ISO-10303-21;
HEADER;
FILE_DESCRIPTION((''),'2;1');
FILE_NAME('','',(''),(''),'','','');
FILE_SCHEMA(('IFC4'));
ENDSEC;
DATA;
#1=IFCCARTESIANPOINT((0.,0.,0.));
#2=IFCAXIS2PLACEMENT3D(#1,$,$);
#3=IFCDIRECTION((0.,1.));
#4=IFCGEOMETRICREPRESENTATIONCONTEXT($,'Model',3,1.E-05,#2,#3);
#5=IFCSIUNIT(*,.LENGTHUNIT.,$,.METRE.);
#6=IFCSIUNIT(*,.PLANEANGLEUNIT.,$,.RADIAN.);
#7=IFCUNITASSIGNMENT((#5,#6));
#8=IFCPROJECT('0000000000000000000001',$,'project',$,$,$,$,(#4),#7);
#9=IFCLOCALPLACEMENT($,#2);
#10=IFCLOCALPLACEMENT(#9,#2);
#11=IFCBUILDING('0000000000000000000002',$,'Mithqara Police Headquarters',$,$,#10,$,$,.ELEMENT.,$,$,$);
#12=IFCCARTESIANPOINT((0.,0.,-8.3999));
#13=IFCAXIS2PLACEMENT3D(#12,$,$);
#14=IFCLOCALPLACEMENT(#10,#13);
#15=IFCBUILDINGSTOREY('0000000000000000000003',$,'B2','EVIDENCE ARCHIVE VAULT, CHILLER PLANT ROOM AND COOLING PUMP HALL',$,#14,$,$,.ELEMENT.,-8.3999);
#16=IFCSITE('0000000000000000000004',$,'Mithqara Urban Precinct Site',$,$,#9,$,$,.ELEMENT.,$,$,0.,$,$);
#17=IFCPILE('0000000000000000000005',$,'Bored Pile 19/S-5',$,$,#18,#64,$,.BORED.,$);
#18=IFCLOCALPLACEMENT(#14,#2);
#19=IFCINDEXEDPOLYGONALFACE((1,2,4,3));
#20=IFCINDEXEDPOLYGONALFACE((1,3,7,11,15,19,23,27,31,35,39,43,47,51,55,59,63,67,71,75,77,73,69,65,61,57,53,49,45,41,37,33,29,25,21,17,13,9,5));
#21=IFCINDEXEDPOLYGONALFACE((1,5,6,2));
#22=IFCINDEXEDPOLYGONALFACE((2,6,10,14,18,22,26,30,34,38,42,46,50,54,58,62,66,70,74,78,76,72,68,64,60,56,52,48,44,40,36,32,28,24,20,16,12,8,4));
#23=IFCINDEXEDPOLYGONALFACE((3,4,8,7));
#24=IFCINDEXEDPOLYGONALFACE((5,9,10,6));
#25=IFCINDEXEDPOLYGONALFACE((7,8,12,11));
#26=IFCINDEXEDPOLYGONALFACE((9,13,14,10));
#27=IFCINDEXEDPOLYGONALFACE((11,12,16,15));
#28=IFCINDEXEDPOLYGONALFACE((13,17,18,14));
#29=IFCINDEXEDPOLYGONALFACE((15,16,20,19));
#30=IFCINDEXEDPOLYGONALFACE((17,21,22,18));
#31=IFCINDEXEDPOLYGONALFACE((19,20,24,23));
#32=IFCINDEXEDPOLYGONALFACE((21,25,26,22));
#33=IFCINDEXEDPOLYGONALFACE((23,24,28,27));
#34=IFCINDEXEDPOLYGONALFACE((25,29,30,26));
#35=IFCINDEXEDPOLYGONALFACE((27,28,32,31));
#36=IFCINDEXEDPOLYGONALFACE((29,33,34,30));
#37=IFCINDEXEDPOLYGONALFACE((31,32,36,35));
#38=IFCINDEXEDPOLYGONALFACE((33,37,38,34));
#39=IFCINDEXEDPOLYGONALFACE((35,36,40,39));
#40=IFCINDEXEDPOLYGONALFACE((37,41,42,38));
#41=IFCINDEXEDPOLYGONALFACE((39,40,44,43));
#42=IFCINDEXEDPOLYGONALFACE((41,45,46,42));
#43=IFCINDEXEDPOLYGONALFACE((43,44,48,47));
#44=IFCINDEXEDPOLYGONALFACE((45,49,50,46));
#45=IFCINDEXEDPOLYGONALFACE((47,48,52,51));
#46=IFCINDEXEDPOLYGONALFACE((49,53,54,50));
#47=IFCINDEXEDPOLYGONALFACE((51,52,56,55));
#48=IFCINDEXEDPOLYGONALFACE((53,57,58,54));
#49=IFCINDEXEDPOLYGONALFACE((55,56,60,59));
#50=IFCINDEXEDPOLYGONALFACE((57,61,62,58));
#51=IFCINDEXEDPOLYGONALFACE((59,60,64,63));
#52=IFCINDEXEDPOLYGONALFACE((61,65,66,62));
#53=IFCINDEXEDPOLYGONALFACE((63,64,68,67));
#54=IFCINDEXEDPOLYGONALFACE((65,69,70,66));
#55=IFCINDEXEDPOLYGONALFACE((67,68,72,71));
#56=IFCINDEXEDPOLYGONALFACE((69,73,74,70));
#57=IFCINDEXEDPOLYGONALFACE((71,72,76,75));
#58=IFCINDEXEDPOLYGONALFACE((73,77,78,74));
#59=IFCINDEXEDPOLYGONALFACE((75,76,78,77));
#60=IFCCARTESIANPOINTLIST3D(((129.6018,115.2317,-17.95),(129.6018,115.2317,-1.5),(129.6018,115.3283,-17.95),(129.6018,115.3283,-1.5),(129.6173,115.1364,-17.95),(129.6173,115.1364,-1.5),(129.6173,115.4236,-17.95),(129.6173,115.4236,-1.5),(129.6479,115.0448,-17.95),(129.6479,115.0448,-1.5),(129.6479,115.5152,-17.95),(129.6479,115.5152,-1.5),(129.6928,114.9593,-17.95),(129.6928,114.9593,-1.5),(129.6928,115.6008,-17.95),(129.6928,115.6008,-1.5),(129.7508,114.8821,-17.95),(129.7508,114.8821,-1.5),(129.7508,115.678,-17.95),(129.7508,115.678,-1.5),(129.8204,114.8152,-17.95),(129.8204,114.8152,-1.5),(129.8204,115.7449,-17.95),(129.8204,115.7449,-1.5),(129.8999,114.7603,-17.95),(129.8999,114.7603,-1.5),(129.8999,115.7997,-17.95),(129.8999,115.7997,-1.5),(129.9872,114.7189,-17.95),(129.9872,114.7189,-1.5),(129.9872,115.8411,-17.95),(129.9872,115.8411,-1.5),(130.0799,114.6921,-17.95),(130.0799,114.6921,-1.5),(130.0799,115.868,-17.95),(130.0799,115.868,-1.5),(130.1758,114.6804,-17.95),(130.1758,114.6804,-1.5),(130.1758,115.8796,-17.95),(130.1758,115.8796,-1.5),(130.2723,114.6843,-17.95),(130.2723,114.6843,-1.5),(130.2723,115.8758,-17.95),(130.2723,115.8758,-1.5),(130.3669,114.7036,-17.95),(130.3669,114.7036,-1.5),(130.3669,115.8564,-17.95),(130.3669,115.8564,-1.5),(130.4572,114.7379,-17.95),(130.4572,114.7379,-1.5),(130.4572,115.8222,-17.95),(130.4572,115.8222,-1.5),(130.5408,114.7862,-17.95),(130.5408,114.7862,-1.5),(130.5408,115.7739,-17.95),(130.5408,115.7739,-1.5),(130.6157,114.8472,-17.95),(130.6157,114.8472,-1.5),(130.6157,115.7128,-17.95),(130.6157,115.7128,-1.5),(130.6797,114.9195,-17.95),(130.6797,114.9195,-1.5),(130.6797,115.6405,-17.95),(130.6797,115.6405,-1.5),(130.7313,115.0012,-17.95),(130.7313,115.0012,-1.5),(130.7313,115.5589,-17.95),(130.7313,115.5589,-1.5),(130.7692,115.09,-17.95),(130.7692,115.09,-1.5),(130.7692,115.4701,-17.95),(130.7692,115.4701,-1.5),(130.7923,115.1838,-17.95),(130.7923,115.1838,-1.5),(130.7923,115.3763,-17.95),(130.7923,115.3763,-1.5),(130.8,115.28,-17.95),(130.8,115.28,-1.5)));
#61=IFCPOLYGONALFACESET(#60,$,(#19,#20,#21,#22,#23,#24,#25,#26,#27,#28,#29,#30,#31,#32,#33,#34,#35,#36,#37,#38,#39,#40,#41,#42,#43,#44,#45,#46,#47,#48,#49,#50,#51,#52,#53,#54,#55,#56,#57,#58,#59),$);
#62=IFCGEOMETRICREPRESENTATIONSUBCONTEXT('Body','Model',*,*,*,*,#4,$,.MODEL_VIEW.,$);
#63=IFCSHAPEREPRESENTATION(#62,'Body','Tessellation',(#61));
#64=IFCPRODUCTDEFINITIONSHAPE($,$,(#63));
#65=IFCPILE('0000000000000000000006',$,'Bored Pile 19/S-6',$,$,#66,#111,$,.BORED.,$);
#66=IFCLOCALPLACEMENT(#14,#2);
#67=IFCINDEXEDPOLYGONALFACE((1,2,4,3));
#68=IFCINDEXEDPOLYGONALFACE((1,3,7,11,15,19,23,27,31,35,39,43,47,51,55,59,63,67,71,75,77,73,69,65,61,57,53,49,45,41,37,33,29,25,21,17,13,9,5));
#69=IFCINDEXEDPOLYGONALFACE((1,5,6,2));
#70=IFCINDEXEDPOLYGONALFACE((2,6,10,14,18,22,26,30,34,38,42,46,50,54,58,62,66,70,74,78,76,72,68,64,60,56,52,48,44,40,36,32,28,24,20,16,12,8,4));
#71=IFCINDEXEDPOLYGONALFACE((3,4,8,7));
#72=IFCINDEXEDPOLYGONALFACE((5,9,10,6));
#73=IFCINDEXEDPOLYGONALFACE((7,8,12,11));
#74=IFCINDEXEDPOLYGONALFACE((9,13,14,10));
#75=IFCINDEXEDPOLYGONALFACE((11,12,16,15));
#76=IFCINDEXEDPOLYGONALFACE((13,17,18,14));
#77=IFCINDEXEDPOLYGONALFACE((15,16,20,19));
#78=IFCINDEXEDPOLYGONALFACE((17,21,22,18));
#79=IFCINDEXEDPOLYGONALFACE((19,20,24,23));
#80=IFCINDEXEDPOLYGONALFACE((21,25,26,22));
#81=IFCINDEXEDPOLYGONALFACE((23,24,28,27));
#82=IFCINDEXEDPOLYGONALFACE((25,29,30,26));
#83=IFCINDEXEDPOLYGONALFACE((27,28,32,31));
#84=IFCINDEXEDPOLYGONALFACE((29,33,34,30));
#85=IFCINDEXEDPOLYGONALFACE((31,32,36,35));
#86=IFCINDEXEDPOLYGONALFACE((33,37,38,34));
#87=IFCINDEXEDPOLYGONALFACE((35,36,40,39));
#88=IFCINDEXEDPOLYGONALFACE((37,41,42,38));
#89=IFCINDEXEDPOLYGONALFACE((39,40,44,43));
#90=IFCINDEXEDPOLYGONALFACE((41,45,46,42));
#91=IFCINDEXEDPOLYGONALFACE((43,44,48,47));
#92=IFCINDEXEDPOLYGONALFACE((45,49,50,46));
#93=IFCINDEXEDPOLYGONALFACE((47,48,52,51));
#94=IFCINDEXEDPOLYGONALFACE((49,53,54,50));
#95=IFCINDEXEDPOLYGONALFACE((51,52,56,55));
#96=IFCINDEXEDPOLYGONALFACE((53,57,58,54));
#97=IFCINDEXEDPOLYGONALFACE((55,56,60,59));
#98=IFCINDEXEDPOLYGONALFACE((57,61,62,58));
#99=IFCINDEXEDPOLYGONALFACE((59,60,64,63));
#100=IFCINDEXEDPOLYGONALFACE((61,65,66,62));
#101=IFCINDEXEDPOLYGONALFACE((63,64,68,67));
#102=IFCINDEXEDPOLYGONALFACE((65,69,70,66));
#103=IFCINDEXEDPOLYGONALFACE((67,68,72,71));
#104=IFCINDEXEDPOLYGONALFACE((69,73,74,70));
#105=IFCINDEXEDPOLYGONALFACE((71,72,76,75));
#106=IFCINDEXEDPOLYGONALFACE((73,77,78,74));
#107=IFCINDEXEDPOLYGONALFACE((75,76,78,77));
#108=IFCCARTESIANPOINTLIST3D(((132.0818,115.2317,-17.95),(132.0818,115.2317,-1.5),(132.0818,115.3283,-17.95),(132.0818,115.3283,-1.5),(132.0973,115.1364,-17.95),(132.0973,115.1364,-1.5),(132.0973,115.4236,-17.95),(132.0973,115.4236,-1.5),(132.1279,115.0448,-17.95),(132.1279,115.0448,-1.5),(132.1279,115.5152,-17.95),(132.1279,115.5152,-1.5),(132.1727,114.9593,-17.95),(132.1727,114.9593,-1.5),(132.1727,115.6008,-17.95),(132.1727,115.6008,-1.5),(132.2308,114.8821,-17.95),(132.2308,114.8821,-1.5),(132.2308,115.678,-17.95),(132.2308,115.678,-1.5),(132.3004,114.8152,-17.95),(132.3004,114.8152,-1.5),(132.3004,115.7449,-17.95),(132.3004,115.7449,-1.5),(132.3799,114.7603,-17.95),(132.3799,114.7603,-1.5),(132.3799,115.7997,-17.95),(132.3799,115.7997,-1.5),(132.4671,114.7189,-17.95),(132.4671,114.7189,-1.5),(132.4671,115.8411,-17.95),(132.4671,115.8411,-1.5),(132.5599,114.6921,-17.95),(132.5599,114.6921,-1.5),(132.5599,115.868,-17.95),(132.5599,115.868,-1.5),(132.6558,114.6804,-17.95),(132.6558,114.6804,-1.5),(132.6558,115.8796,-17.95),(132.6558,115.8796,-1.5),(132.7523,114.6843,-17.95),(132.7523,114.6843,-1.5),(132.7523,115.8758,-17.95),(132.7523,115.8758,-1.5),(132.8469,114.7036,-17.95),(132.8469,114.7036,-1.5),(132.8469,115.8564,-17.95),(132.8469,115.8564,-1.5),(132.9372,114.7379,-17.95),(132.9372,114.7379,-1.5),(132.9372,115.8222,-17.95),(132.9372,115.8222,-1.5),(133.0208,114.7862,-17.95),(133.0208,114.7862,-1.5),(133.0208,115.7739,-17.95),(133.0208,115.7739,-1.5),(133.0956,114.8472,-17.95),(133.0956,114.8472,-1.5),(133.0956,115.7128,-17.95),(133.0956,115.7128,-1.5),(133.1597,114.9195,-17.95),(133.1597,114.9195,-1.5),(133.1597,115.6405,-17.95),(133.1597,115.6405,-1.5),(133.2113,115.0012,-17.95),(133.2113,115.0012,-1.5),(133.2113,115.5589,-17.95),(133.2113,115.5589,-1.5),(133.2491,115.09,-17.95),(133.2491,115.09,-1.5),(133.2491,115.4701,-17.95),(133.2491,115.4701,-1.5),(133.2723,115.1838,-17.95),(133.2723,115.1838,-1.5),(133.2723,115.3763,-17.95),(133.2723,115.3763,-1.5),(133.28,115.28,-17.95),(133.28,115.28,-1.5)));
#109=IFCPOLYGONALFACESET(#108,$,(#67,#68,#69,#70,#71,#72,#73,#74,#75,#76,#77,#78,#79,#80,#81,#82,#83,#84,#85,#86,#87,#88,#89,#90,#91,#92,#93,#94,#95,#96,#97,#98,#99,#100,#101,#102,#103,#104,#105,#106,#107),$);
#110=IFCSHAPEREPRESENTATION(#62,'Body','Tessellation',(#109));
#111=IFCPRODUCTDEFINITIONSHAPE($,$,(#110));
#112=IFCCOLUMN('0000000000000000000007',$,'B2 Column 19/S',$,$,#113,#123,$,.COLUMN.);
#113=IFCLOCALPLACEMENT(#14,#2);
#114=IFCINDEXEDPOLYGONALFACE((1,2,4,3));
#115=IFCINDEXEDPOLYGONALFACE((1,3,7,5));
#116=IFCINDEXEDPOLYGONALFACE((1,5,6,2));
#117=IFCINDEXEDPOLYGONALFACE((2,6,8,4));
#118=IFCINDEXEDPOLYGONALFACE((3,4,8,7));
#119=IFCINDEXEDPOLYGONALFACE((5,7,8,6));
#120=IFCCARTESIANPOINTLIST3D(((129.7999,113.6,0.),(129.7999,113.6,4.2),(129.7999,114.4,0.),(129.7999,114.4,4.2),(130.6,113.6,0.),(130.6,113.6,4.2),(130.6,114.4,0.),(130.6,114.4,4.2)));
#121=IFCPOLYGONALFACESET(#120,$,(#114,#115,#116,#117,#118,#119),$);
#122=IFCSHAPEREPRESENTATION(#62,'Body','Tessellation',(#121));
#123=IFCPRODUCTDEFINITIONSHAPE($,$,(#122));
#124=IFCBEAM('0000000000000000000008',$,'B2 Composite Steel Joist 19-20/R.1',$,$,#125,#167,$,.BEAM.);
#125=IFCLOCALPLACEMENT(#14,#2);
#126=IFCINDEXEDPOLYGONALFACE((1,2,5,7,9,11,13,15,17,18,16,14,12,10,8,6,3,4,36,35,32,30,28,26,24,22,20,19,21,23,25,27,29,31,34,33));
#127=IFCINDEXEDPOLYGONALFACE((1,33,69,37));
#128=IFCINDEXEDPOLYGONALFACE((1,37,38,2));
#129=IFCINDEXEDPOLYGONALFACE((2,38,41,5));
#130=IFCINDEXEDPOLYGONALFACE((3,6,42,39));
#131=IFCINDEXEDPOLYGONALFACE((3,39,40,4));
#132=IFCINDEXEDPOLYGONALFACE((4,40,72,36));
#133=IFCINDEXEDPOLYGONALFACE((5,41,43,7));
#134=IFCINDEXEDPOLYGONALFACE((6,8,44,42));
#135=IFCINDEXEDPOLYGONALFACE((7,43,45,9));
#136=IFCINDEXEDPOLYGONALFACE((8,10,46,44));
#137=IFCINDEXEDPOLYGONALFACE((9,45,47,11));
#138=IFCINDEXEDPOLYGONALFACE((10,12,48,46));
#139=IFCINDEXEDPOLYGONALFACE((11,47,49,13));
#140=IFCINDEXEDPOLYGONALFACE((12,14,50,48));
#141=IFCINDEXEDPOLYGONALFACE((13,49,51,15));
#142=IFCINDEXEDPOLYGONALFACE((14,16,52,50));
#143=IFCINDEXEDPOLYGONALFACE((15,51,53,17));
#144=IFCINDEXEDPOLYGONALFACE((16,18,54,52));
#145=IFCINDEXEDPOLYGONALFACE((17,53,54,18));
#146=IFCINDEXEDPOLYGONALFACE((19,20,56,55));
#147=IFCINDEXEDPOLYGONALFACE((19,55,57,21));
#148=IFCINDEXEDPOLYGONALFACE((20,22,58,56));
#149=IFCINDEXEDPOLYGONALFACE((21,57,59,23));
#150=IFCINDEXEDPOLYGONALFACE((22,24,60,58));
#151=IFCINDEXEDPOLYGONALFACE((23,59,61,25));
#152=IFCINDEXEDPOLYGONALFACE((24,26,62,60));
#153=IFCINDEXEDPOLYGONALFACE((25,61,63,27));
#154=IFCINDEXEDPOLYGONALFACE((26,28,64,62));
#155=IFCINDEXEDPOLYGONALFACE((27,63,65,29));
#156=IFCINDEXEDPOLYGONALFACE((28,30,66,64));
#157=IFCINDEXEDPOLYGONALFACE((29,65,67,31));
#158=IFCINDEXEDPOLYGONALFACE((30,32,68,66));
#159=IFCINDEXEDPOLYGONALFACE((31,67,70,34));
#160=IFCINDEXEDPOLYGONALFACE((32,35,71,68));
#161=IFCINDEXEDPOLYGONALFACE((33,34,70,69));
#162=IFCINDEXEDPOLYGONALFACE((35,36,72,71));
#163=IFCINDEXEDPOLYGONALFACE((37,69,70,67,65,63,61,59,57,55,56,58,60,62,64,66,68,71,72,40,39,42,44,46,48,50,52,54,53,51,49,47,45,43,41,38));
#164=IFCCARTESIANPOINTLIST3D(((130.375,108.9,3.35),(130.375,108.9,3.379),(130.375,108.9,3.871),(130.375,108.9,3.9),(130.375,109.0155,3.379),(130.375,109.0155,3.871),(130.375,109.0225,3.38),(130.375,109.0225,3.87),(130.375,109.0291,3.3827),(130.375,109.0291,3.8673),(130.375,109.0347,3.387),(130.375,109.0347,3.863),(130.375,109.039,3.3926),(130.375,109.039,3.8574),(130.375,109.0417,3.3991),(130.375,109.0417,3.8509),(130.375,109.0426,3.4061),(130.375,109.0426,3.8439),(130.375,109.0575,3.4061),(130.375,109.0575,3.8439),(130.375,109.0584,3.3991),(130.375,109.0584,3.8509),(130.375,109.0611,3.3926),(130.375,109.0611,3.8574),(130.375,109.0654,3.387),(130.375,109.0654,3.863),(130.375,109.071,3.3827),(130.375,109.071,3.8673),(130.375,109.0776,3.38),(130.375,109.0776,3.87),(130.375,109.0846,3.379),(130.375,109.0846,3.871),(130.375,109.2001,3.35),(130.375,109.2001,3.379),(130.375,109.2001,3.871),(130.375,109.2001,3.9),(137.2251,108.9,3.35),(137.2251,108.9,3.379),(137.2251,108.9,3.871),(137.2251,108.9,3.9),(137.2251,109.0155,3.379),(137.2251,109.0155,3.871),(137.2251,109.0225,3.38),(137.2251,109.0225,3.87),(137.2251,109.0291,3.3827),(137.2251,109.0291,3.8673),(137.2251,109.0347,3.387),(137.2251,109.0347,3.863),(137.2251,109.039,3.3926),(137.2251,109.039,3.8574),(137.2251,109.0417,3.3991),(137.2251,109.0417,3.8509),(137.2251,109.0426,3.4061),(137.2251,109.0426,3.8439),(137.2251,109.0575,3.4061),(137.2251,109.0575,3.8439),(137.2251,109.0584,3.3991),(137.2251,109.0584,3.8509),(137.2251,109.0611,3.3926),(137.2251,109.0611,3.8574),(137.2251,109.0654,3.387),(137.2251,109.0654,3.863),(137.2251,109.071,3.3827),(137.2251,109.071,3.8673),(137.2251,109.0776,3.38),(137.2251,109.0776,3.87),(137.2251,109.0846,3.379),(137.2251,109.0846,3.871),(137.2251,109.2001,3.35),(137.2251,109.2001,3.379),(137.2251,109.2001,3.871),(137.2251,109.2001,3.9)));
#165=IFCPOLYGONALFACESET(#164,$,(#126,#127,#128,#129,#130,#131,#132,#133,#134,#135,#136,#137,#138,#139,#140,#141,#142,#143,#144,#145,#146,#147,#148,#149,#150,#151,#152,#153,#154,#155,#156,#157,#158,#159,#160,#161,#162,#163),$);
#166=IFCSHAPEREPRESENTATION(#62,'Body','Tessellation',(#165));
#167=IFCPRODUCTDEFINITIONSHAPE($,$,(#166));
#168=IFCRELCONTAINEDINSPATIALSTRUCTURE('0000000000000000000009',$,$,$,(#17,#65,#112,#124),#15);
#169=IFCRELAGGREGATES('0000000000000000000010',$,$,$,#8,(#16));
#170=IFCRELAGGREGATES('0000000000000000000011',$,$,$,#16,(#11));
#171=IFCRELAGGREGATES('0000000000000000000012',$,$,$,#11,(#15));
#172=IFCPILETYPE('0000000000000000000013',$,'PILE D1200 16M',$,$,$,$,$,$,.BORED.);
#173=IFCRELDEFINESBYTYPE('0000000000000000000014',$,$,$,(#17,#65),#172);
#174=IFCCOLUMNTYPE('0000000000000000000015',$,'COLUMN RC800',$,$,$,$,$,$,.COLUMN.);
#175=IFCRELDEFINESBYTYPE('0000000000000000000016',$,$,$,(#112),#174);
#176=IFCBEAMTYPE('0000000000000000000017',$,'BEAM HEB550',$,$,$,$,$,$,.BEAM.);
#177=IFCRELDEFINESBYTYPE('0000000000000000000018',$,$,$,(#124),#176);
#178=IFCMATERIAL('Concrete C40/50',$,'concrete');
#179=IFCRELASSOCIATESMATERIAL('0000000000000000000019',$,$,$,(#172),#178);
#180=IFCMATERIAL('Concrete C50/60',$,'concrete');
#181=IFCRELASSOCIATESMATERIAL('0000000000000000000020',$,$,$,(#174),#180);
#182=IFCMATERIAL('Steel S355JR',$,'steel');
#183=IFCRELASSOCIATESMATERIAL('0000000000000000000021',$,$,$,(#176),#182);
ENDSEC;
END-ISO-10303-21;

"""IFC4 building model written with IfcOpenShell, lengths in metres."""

from ifc_helpers import new_model, si_unit, direction, frame, origin, origin_2d, place, context, subcontext, project, spatial, rectangle, circle, i_section, extrude, material, material_profile, profile_set, type_object, element, save


model = new_model("IFC4")

# Units and contexts
model_context = context("Model", 3, precision=1e-05, world=origin(), true_north=direction((0.0, 1.0)))
body_context = subcontext(model_context, "Body", "Model", "MODEL_VIEW")
ifc_project = project(units=[si_unit("LENGTHUNIT", "METRE"), si_unit("PLANEANGLEUNIT", "RADIAN")], contexts=[model_context])

# Site, building, storey
site_placement = place(None, origin())
site = spatial("IfcSite", under=ifc_project, at=site_placement, Name="Mithqara Urban Precinct Site", CompositionType="ELEMENT", RefElevation=0.0)
building_placement = place(site_placement, origin())
building = spatial("IfcBuilding", under=site, at=building_placement, Name="Mithqara Police Headquarters", CompositionType="ELEMENT")
storey_placement = place(building_placement, frame((0.0, 0.0, -8.3999)))
storey = spatial("IfcBuildingStorey", under=building, at=storey_placement, Name="B2", Description="EVIDENCE ARCHIVE VAULT, CHILLER PLANT ROOM AND COOLING PUMP HALL", CompositionType="ELEMENT", Elevation=-8.3999)

# Shared definitions
ifc_material_1 = material(Name="Concrete C40/50", Category="concrete")

# Piles
ifc_material_profile_1 = material_profile(ifc_material_1, circle(Radius=0.6001, at=origin_2d()), Name="PILE D1200")
ifc_profile_set_1 = profile_set([ifc_material_profile_1], Name="Concrete C40/50")
pile_type = type_object("IfcPileType", Name="PILE D1200 16M", PredefinedType="BORED", material=ifc_profile_set_1)
for number, where, z_axis, x_axis, name in (
    (1, (130.2, 115.28, -1.5), (0.0, 0.0, -1.0), (1.0, 0.0, 0.0), "Bored Pile 19/S-5"),
    (2, (132.6799, 115.28, -1.5), (0.0, 0.0, -1.0), (1.0, 0.0, 0.0), "Bored Pile 19/S-6"),
):
    element("IfcPile", number, at=place(storey_placement, frame(where, z_axis=z_axis, x_axis=x_axis)), inside=storey, type_object=pile_type, Name=name, PredefinedType="BORED", context=body_context, shape_type="SweptSolid", body=[
        extrude(circle(Radius=0.6001, at=origin_2d()), origin(), (0.0, 0.0, 1.0), 16.45),
    ])

# Column
ifc_material_2 = material(Name="Concrete C50/60", Category="concrete")
ifc_material_profile_2 = material_profile(ifc_material_2, rectangle(XDim=0.8, YDim=0.8, at=origin_2d()), Name="RC 800x800")
ifc_profile_set_2 = profile_set([ifc_material_profile_2], Name="Concrete C50/60")
column_type = type_object("IfcColumnType", Name="COLUMN RC800", PredefinedType="COLUMN", material=ifc_profile_set_2)
column_placement = place(storey_placement, frame((130.2, 114.0, 0.0), z_axis=(0.0, 0.0, 1.0), x_axis=(1.0, 0.0, 0.0)))
element("IfcColumn", 3, at=column_placement, inside=storey, type_object=column_type, Name="B2 Column 19/S", PredefinedType="COLUMN", context=body_context, shape_type="SweptSolid", body=[
    extrude(rectangle(XDim=0.8, YDim=0.8, at=origin_2d()), origin(), (0.0, 0.0, 1.0), 4.2),
])

# Beam
ifc_material_3 = material(Name="Steel S355JR", Category="steel")
ifc_material_profile_3 = material_profile(ifc_material_3, i_section(OverallWidth=0.3, OverallDepth=0.55, WebThickness=0.0149, FlangeThickness=0.0291, FilletRadius=0.0271, at=origin_2d()), Name="HEB 550")
ifc_profile_set_3 = profile_set([ifc_material_profile_3], Name="Steel S355JR")
beam_type_1 = type_object("IfcBeamType", Name="BEAM HEB550", PredefinedType="BEAM", material=ifc_profile_set_3)
for number, where, z_axis, x_axis, name in (
    (4, (130.375, 109.05, 3.625), (1.0, 0.0, 0.0), (0.0, 1.0, 0.0), "B2 Composite Steel Joist 19-20/R.1"),
):
    element("IfcBeam", number, at=place(storey_placement, frame(where, z_axis=z_axis, x_axis=x_axis)), inside=storey, type_object=beam_type_1, Name=name, PredefinedType="BEAM", context=body_context, shape_type="SweptSolid", body=[
        extrude(i_section(OverallWidth=0.3, OverallDepth=0.55, WebThickness=0.0149, FlangeThickness=0.0291, FilletRadius=0.0271, at=origin_2d()), origin(), (0.0, 0.0, 1.0), 6.8501),
    ])

save(model, "model.ifc")
